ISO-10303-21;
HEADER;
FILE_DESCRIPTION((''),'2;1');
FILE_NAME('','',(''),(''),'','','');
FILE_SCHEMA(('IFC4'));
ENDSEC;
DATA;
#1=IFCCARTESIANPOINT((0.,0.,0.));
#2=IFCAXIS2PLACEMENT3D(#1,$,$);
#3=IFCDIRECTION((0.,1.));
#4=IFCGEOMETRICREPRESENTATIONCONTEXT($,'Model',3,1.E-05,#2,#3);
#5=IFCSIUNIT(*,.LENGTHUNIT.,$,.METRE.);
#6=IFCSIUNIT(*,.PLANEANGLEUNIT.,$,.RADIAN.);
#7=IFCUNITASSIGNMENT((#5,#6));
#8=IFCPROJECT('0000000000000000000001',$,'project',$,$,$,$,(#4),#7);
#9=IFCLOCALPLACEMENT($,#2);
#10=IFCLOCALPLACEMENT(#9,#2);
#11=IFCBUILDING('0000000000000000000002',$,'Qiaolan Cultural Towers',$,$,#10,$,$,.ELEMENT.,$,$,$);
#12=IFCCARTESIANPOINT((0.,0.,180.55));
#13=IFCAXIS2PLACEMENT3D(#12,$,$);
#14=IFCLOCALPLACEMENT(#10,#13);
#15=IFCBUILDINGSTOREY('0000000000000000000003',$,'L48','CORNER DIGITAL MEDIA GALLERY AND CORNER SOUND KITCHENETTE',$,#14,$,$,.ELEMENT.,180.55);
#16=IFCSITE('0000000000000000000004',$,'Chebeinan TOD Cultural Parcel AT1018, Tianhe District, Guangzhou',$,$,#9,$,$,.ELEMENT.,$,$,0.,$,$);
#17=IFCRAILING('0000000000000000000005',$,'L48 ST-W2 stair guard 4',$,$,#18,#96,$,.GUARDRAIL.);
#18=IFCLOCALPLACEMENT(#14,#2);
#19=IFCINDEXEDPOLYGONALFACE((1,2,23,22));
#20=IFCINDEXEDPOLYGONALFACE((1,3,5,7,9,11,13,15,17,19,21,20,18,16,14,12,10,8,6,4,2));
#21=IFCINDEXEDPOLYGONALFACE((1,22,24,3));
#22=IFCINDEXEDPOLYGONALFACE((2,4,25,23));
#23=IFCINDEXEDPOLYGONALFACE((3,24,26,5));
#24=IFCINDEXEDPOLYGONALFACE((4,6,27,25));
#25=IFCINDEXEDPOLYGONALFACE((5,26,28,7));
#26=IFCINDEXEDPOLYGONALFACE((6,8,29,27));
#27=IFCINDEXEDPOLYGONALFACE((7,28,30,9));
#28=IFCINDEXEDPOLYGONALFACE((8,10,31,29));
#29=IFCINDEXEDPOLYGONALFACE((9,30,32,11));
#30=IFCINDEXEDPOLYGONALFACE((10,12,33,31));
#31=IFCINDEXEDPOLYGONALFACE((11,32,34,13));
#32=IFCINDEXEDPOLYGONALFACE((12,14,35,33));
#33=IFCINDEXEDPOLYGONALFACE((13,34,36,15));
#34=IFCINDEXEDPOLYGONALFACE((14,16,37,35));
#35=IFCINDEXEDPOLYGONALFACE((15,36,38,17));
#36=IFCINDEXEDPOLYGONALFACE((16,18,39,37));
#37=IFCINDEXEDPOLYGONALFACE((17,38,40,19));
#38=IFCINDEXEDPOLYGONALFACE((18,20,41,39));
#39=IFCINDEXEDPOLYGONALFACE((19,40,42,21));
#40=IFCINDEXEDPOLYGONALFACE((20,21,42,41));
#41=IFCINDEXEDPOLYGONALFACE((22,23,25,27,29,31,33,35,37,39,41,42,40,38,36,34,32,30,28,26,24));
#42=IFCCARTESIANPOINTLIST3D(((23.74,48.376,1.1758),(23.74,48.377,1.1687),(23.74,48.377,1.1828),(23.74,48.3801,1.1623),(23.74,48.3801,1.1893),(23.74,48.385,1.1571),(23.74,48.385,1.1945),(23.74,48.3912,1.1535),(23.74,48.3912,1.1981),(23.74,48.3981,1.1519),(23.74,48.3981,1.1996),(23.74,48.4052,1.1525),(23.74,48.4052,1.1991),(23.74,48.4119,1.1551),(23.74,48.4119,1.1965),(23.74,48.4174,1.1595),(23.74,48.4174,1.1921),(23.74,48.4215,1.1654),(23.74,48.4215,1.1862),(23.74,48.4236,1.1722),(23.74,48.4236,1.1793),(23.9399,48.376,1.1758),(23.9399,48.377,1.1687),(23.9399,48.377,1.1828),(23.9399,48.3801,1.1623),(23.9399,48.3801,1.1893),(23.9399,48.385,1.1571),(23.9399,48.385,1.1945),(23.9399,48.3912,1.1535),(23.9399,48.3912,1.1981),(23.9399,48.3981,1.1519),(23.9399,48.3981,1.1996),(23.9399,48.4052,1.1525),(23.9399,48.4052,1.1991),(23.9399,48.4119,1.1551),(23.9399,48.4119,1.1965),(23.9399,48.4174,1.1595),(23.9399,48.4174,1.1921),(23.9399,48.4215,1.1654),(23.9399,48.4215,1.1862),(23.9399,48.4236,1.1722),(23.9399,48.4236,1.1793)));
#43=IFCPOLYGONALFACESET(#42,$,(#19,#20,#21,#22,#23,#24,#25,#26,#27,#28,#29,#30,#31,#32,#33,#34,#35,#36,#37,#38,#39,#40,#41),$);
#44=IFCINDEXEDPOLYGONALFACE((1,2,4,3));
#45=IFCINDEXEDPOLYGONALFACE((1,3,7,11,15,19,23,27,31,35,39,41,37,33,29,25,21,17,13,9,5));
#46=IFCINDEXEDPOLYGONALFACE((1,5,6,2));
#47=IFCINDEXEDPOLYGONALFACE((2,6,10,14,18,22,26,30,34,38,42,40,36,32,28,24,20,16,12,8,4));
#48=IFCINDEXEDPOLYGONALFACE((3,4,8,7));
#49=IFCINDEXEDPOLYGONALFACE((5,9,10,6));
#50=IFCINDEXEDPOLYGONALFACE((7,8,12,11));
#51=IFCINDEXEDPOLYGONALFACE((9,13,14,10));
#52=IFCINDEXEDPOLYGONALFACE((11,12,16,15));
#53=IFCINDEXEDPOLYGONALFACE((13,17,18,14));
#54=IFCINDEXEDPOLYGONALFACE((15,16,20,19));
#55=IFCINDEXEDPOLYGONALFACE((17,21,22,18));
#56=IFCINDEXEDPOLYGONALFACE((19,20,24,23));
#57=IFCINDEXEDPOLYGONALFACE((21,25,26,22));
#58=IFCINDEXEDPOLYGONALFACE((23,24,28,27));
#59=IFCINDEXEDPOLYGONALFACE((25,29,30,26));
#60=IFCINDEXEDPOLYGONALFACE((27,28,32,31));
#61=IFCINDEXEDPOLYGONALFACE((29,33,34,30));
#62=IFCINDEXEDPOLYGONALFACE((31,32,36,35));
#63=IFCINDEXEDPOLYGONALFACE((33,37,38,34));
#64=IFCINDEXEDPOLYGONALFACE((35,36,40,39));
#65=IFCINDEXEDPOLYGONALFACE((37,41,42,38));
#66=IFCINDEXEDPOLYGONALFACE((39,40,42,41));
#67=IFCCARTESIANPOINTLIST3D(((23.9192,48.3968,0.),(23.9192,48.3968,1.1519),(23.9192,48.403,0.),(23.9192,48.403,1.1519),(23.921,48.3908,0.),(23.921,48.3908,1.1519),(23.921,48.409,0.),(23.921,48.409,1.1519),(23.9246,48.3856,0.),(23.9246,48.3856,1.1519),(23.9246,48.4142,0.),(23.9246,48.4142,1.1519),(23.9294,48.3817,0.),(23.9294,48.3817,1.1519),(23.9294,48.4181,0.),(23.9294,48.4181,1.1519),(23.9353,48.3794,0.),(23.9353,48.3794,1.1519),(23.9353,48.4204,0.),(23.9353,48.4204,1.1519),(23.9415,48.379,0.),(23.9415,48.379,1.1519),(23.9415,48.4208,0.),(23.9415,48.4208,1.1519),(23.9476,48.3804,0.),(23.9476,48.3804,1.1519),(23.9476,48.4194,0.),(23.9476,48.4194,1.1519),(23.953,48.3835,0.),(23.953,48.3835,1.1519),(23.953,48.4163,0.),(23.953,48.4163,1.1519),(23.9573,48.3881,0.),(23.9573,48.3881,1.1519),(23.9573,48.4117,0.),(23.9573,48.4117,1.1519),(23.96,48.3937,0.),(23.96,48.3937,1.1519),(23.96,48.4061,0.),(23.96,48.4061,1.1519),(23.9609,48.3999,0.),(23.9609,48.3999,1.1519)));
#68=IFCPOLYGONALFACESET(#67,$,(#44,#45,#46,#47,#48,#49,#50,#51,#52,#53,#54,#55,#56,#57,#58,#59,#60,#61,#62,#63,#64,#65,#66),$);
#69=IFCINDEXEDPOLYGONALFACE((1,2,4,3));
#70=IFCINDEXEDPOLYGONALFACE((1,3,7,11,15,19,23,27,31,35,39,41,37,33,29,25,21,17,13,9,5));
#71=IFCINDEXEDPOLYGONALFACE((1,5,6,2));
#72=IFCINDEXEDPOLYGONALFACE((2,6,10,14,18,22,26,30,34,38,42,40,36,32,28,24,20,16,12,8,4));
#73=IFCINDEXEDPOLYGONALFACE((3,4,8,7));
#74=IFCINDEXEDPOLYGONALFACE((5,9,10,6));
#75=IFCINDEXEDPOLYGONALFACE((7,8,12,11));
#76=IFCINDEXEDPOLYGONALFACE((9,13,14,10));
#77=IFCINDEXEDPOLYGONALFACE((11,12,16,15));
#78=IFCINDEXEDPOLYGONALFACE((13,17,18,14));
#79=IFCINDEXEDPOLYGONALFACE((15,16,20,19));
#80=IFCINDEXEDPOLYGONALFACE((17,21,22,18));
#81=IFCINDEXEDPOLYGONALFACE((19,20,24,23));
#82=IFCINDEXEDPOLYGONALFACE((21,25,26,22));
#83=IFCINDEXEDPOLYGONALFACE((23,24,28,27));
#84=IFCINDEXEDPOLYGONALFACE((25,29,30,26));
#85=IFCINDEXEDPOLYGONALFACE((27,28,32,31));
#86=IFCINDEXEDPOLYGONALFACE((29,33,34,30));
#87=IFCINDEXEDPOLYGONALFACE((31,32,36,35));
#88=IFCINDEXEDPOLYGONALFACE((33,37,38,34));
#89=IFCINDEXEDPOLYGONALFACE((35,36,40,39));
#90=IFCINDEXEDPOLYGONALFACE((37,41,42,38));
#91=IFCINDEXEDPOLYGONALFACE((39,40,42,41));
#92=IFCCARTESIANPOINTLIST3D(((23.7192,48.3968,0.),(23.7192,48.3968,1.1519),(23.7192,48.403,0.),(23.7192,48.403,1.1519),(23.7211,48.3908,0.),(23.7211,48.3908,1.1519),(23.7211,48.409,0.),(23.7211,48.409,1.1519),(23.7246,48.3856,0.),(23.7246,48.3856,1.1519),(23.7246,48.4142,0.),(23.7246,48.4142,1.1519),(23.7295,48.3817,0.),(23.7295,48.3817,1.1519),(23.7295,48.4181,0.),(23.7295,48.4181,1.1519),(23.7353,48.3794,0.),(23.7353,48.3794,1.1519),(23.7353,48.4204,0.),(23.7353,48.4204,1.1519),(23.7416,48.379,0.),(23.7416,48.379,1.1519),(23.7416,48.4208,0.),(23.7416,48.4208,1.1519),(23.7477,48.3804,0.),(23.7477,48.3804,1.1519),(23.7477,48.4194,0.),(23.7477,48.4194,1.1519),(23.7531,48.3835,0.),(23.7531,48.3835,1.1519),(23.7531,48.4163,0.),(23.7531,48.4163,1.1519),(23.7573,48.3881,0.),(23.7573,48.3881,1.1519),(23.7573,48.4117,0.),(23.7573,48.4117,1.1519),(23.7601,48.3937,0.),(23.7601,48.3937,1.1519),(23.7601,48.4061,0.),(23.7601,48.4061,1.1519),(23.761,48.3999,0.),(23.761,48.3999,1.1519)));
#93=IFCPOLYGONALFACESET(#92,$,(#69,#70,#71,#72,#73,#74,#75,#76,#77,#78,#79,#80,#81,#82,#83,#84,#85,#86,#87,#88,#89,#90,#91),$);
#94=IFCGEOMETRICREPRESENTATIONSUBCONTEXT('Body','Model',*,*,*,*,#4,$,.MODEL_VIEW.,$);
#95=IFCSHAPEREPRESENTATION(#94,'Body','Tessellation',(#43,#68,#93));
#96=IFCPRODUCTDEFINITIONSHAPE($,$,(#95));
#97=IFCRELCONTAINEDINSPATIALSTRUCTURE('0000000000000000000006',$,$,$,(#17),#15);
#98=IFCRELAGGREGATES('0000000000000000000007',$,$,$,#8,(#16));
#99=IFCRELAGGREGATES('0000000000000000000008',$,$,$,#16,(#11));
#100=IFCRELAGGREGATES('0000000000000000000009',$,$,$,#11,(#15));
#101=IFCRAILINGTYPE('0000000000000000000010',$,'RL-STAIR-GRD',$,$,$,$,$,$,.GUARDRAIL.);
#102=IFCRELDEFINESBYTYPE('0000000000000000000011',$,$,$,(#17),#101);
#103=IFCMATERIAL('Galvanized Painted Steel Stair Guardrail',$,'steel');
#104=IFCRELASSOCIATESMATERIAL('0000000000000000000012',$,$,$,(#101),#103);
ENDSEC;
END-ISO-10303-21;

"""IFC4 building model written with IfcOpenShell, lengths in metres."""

from ifc_helpers import new_model, si_unit, direction, frame, origin, origin_2d, place, context, subcontext, project, spatial, circle, extrude, material, type_object, element, save


model = new_model("IFC4")

# Units and contexts
model_context = context("Model", 3, precision=1e-05, world=origin(), true_north=direction((0.0, 1.0)))
body_context = subcontext(model_context, "Body", "Model", "MODEL_VIEW")
ifc_project = project(units=[si_unit("LENGTHUNIT", "METRE"), si_unit("PLANEANGLEUNIT", "RADIAN")], contexts=[model_context])

# Site, building, storey
site_placement = place(None, origin())
site = spatial("IfcSite", under=ifc_project, at=site_placement, Name="Chebeinan TOD Cultural Parcel AT1018, Tianhe District, Guangzhou", CompositionType="ELEMENT", RefElevation=0.0)
building_placement = place(site_placement, origin())
building = spatial("IfcBuilding", under=site, at=building_placement, Name="Qiaolan Cultural Towers", CompositionType="ELEMENT")
storey_placement = place(building_placement, frame((0.0, 0.0, 180.55)))
storey = spatial("IfcBuildingStorey", under=building, at=storey_placement, Name="L48", Description="CORNER DIGITAL MEDIA GALLERY AND CORNER SOUND KITCHENETTE", CompositionType="ELEMENT", Elevation=180.55)

# Railing
ifc_material_1 = material(Name="Galvanized Painted Steel Stair Guardrail", Category="steel")
railing_type_1 = type_object("IfcRailingType", Name="RL-STAIR-GRD", PredefinedType="GUARDRAIL", material=ifc_material_1)
railing_1_placement = place(storey_placement, frame((23.9399, 48.3999, 0.0)))
element("IfcRailing", 1, at=railing_1_placement, inside=storey, type_object=railing_type_1, Name="L48 ST-W2 stair guard 4", PredefinedType="GUARDRAIL", context=body_context, shape_type="SweptSolid", body=[
    extrude(circle(Radius=0.0239, at=origin_2d()), frame((0.0, 0.0, 1.1758), z_axis=(-1.0, 0.0, 0.0), x_axis=(0.0, -1.0, 0.0)), (0.0, 0.0, 1.0), 0.2),
    extrude(circle(Radius=0.021, at=origin_2d()), origin(), (0.0, 0.0, 1.0), 1.1519),
    extrude(circle(Radius=0.021, at=origin_2d()), frame((-0.2, 0.0, 0.0)), (0.0, 0.0, 1.0), 1.1519),
])

save(model, "model.ifc")
